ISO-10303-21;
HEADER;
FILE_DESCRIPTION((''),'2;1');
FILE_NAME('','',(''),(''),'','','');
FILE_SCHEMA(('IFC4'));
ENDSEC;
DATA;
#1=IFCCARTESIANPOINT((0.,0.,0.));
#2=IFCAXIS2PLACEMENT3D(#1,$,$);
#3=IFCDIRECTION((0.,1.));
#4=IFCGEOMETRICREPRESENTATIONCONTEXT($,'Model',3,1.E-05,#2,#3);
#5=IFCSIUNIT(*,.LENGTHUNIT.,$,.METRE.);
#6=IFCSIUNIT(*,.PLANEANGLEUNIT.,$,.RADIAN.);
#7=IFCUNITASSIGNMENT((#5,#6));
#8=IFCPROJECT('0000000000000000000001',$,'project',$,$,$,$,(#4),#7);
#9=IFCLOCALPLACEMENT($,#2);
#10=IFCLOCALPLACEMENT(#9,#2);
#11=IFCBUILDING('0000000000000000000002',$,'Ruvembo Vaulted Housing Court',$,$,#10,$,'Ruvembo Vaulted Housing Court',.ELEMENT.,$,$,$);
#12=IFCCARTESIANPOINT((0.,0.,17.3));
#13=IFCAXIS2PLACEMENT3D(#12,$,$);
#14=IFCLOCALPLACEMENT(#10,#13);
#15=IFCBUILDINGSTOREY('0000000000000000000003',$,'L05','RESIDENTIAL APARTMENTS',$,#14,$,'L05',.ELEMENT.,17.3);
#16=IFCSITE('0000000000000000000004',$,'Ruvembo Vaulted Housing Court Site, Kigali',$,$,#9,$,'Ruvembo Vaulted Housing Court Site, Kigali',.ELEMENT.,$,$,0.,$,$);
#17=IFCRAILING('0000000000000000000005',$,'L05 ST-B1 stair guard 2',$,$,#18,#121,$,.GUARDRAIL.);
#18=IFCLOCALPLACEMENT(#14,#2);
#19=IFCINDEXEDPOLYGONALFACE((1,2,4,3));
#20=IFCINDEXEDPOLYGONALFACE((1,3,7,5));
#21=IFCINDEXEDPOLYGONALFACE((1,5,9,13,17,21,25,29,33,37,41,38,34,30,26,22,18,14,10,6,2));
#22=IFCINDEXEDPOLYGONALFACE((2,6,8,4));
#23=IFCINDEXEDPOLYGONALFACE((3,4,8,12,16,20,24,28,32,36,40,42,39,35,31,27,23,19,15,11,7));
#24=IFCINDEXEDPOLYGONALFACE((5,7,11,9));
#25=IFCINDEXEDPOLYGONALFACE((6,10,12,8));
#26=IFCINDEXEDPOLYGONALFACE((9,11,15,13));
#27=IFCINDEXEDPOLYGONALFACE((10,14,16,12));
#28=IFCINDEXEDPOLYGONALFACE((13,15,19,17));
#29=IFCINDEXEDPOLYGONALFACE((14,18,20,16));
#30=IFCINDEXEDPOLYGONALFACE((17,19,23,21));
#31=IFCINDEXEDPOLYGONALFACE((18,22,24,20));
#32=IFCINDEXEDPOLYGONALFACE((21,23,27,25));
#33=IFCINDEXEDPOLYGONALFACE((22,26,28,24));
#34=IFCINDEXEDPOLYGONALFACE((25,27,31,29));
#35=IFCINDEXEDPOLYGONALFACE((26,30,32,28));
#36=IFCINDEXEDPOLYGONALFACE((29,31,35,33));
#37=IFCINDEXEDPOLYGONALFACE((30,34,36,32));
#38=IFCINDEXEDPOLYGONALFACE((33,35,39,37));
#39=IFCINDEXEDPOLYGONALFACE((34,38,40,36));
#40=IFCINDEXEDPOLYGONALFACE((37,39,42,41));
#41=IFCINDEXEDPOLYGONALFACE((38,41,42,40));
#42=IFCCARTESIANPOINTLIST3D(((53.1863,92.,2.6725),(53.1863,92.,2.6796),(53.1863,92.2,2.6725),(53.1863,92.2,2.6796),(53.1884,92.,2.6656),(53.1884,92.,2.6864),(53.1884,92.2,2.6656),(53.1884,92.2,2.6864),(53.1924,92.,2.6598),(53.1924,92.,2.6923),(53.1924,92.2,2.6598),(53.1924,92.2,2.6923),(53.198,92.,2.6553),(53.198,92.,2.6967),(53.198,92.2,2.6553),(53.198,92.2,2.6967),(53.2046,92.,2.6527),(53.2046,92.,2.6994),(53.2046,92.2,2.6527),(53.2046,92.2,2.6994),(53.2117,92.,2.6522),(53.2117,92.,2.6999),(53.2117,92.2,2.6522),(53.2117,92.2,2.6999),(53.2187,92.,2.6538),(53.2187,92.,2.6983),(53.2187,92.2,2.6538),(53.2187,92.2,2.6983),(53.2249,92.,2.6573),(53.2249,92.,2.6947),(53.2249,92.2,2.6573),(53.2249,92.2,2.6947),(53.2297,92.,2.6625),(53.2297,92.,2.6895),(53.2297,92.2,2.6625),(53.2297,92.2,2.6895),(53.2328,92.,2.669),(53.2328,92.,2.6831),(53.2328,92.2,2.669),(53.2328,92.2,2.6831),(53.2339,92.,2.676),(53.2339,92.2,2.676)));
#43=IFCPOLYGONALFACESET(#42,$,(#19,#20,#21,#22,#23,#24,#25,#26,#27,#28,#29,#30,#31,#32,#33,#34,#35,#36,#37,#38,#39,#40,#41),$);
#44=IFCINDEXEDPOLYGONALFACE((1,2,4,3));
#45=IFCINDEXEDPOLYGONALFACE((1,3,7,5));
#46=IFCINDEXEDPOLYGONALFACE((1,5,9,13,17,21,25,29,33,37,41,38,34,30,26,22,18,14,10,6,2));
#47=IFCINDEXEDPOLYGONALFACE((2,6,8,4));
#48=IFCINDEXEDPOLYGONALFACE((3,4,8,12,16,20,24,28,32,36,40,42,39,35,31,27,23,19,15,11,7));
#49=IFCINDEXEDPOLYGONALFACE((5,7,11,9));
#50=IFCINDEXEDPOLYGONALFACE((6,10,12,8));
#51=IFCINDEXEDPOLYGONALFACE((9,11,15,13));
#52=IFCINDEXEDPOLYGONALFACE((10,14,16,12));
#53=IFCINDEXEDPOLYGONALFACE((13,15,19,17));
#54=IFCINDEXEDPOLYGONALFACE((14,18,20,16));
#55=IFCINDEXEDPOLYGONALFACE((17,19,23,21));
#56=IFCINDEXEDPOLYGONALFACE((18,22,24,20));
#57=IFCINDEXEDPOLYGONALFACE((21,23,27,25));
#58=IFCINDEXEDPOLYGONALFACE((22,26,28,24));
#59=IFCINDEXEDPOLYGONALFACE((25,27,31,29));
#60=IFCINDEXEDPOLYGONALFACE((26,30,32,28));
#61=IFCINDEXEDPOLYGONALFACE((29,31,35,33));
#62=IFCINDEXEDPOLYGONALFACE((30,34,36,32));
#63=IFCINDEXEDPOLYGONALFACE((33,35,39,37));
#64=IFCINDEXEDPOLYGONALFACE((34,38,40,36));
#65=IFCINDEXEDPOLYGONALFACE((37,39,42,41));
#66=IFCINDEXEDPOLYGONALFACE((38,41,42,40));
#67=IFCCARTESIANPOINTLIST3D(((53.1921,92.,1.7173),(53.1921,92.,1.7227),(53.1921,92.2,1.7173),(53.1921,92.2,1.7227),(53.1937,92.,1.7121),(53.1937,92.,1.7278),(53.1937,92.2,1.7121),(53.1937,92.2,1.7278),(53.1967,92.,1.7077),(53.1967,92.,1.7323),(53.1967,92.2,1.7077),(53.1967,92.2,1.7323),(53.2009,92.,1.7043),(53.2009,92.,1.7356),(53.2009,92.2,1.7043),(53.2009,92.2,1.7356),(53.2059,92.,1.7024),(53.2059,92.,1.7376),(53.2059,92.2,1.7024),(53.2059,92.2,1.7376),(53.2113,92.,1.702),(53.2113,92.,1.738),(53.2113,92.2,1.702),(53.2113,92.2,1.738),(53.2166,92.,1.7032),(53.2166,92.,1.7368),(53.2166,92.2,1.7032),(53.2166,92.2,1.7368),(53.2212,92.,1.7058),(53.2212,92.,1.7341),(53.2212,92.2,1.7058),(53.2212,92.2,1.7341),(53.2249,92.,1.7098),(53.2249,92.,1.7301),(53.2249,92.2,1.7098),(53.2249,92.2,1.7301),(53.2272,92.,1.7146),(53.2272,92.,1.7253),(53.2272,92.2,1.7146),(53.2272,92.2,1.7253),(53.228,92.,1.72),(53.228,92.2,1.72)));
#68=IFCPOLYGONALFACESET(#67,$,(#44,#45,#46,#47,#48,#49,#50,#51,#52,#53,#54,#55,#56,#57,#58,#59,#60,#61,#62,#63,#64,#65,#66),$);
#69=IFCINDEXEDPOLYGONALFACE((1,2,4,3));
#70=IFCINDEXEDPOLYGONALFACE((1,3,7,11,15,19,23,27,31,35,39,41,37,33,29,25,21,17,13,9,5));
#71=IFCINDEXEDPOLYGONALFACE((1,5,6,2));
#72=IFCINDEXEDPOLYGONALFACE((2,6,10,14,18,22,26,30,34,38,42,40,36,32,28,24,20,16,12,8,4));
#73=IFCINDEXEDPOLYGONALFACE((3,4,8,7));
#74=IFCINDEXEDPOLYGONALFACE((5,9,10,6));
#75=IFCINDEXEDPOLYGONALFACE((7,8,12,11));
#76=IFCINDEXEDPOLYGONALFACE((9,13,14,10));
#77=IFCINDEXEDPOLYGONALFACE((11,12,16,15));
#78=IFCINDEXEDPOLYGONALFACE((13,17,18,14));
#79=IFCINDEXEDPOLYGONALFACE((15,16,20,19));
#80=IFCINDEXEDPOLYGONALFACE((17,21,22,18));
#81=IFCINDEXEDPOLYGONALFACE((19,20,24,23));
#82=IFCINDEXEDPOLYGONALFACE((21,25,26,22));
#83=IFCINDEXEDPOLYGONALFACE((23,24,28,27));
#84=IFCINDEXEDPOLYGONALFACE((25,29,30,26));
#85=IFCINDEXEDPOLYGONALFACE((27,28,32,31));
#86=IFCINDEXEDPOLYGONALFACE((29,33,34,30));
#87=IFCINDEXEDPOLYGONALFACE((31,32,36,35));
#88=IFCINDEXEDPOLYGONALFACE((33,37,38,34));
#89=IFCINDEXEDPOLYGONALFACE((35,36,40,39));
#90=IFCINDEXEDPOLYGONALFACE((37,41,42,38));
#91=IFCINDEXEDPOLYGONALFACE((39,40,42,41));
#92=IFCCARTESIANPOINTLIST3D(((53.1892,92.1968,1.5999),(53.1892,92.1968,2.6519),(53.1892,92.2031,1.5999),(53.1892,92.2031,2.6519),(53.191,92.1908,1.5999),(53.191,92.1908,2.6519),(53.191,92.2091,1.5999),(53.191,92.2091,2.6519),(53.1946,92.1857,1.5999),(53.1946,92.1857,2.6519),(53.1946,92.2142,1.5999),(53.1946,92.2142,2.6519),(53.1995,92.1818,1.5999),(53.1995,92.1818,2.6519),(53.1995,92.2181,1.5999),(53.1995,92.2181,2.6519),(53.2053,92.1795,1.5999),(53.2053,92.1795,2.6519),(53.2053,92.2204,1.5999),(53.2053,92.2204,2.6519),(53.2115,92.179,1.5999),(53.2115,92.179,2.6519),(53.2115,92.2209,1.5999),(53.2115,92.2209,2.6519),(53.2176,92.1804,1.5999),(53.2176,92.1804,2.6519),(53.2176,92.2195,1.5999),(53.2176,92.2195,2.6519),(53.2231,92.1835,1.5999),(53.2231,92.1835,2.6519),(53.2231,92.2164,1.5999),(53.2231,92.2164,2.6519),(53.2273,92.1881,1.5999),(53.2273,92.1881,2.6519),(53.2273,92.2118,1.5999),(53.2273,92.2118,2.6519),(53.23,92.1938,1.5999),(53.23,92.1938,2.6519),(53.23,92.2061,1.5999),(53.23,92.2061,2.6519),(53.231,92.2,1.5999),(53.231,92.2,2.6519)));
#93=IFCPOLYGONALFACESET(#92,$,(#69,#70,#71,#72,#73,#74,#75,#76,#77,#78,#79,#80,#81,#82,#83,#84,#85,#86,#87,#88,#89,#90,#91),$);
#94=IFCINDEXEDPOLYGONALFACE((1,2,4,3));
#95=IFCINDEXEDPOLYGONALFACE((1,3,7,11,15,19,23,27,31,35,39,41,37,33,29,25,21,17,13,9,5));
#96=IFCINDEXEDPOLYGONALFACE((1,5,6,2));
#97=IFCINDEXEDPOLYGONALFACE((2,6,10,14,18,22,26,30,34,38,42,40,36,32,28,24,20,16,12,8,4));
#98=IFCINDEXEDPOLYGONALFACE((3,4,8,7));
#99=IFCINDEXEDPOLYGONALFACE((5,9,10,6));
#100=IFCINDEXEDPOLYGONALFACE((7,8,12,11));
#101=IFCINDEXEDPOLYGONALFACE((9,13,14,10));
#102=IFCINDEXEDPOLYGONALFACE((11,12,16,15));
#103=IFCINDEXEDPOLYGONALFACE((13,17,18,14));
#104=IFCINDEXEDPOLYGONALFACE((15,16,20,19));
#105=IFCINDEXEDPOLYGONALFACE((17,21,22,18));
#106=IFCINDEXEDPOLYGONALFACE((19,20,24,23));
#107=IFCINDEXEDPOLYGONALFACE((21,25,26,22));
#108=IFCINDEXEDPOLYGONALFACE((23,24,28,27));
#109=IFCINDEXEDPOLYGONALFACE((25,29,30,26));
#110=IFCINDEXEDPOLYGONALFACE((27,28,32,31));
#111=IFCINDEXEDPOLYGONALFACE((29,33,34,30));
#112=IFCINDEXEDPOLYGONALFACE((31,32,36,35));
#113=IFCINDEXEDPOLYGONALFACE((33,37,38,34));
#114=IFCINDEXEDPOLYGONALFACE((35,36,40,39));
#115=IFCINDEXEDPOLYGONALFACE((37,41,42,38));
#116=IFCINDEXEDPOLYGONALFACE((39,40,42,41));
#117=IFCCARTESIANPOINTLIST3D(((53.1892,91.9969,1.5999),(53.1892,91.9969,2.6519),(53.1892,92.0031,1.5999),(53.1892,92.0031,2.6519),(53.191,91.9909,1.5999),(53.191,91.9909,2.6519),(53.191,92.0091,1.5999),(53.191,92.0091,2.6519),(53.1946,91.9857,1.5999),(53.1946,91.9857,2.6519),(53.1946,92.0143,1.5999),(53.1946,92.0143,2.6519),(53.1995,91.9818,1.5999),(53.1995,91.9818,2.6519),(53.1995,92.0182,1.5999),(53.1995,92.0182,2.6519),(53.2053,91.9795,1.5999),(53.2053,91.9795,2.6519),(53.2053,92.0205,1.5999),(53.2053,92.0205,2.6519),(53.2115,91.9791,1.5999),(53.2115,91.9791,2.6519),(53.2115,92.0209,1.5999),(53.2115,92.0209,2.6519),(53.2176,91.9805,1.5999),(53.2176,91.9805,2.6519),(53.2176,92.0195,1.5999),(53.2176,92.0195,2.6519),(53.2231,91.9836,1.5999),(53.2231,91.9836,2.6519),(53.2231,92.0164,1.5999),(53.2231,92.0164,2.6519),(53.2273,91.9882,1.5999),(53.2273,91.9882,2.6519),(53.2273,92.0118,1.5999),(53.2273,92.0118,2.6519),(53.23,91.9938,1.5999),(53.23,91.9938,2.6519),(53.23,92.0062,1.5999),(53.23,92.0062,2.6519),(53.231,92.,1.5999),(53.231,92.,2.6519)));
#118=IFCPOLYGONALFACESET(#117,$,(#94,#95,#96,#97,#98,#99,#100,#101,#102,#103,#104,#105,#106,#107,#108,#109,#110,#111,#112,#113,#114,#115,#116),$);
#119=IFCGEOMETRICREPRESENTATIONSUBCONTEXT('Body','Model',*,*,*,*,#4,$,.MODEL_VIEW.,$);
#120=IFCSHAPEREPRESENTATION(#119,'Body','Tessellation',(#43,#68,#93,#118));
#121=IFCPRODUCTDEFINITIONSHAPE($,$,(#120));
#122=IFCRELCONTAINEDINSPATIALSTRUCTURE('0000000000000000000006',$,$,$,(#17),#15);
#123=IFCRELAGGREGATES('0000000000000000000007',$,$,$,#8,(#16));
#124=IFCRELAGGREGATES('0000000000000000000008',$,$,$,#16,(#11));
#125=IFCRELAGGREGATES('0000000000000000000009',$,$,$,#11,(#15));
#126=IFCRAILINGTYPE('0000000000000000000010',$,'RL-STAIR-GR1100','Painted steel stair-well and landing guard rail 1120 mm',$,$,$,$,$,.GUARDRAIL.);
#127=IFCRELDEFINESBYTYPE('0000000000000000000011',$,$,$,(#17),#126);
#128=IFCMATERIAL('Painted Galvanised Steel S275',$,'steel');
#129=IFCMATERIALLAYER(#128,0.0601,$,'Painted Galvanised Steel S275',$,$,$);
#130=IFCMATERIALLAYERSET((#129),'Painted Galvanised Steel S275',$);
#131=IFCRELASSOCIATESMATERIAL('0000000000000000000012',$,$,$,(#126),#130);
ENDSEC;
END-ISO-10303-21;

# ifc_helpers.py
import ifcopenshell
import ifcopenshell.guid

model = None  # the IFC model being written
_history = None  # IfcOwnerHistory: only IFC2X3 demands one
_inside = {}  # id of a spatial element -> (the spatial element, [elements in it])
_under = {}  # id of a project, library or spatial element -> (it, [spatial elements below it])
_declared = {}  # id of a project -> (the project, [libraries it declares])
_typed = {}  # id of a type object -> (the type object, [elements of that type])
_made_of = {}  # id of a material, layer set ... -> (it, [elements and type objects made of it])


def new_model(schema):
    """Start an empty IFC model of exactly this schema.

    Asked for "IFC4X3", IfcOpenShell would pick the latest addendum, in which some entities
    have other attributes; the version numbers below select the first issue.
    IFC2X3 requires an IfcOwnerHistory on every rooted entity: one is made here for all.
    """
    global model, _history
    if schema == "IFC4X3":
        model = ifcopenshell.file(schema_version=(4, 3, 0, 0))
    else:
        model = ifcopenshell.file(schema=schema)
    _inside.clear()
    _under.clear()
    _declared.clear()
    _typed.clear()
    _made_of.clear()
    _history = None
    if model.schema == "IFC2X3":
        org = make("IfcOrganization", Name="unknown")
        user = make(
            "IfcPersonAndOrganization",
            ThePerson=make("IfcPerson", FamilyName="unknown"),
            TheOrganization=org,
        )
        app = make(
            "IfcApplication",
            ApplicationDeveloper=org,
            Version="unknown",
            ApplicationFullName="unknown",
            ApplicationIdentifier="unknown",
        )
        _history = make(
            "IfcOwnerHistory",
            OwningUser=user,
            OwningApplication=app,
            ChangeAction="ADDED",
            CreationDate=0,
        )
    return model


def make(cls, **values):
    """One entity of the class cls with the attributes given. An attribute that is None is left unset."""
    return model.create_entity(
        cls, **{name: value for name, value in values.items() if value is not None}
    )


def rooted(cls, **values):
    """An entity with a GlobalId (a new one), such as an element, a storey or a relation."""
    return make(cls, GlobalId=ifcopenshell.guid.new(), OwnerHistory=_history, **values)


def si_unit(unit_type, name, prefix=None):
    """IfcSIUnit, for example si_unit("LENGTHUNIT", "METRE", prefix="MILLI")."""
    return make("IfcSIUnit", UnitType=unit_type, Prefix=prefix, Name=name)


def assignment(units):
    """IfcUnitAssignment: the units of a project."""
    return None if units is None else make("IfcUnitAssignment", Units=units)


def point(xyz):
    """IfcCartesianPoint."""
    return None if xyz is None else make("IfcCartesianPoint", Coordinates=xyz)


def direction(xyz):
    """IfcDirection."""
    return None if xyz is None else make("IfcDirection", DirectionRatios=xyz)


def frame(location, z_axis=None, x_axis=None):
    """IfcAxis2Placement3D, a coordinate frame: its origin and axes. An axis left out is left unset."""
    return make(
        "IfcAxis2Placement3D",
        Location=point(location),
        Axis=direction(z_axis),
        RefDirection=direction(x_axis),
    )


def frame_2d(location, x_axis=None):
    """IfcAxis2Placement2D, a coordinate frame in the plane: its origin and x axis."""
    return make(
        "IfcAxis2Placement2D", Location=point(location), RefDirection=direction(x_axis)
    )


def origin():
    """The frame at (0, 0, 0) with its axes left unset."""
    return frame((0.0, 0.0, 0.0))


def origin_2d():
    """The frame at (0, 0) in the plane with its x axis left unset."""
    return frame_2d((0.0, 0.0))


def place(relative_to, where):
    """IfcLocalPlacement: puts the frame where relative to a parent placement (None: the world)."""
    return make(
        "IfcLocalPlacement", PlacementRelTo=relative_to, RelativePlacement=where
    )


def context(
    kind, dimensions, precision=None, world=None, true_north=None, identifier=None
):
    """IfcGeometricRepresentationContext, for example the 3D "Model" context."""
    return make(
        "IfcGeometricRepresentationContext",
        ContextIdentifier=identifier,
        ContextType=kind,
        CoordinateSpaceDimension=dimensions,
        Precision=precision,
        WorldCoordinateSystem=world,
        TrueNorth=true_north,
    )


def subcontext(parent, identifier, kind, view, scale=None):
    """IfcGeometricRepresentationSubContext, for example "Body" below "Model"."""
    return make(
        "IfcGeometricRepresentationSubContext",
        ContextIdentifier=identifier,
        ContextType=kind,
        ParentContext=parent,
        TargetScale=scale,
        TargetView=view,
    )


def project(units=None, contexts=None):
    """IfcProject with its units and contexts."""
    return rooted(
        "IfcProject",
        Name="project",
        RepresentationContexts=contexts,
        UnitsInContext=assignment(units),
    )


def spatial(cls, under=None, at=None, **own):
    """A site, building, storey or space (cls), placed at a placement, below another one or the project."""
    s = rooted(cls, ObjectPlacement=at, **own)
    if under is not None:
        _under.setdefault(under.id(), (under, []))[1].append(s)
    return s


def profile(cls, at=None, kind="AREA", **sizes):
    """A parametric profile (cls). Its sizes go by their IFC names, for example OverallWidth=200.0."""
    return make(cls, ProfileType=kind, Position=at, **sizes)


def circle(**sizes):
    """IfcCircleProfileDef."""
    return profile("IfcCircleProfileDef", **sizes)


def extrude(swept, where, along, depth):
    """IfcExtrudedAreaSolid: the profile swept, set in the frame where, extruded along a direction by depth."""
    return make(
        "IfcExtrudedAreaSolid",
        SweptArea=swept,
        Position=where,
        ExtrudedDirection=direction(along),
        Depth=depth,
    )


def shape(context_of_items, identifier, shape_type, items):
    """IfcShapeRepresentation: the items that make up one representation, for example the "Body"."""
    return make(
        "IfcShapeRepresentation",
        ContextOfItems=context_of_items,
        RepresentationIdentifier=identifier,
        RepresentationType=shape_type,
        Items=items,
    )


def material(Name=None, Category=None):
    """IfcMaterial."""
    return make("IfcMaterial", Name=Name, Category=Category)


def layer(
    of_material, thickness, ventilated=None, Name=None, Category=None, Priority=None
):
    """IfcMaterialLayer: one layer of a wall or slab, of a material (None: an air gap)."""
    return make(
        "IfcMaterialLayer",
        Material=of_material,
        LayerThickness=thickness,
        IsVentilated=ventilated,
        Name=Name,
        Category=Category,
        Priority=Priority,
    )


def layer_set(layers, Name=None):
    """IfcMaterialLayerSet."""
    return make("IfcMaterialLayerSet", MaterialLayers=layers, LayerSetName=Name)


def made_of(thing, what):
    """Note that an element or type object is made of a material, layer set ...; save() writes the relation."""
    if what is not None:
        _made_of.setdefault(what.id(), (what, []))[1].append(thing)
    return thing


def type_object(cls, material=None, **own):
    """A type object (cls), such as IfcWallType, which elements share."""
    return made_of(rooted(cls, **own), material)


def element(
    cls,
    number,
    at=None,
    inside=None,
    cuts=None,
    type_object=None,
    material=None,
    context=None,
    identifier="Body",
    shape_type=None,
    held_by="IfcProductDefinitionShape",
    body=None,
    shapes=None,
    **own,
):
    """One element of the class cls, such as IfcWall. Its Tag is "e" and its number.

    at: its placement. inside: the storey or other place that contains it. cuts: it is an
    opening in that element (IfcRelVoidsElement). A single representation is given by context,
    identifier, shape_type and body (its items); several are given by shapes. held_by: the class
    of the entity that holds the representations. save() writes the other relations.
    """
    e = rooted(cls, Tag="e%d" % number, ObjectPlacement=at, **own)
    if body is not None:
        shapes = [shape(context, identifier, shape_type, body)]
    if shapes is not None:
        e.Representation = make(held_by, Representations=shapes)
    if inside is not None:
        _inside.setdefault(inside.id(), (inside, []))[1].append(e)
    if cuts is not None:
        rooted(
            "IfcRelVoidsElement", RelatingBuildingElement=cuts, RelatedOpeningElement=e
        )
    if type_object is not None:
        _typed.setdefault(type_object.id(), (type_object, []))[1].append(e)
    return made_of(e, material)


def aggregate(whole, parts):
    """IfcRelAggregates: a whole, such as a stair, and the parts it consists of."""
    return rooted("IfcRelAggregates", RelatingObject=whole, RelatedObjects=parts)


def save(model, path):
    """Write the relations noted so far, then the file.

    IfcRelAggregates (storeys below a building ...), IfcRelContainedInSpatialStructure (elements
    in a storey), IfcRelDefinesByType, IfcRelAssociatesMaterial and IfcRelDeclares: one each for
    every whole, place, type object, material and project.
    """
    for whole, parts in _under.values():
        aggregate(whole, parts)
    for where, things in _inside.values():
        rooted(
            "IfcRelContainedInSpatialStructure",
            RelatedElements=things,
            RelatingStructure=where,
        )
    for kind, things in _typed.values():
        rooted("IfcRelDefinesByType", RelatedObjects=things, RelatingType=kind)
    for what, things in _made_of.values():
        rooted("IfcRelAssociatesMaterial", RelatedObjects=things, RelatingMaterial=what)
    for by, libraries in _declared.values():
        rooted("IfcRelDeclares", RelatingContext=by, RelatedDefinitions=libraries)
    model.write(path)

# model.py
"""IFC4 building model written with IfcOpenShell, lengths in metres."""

from ifc_helpers import new_model, si_unit, direction, frame, origin, origin_2d, place, context, subcontext, project, spatial, circle, extrude, material, layer, layer_set, type_object, element, save


model = new_model("IFC4")

# Units and contexts
model_context = context("Model", 3, precision=1e-05, world=origin(), true_north=direction((0.0, 1.0)))
body_context = subcontext(model_context, "Body", "Model", "MODEL_VIEW")
ifc_project = project(units=[si_unit("LENGTHUNIT", "METRE"), si_unit("PLANEANGLEUNIT", "RADIAN")], contexts=[model_context])

# Site, building, storey
site_placement = place(None, origin())
site = spatial("IfcSite", under=ifc_project, at=site_placement, Name="Ruvembo Vaulted Housing Court Site, Kigali", LongName="Ruvembo Vaulted Housing Court Site, Kigali", CompositionType="ELEMENT", RefElevation=0.0)
building_placement = place(site_placement, origin())
building = spatial("IfcBuilding", under=site, at=building_placement, Name="Ruvembo Vaulted Housing Court", LongName="Ruvembo Vaulted Housing Court", CompositionType="ELEMENT")
storey_placement = place(building_placement, frame((0.0, 0.0, 17.3)))
storey = spatial("IfcBuildingStorey", under=building, at=storey_placement, Name="L05", Description="RESIDENTIAL APARTMENTS", LongName="L05", CompositionType="ELEMENT", Elevation=17.3)

# Railing
ifc_material_1 = material(Name="Painted Galvanised Steel S275", Category="steel")
ifc_layer_1 = layer(ifc_material_1, 0.0601, Name="Painted Galvanised Steel S275")
ifc_layer_set_1 = layer_set([ifc_layer_1], Name="Painted Galvanised Steel S275")
railing_type_1 = type_object("IfcRailingType", Name="RL-STAIR-GR1100", Description="Painted steel stair-well and landing guard rail 1120 mm", PredefinedType="GUARDRAIL", material=ifc_layer_set_1)
railing_1_placement = place(storey_placement, frame((53.21, 92.2, 1.5999)))
element("IfcRailing", 1, at=railing_1_placement, inside=storey, type_object=railing_type_1, Name="L05 ST-B1 stair guard 2", PredefinedType="GUARDRAIL", context=body_context, shape_type="SweptSolid", body=[
    extrude(circle(Radius=0.0239, at=origin_2d()), frame((0.0, 0.0, 1.0762), z_axis=(0.0, -1.0, 0.0), x_axis=(1.0, 0.0, 0.0)), (0.0, 0.0, 1.0), 0.2),
    extrude(circle(Radius=0.0181, at=origin_2d()), frame((0.0, 0.0, 0.1201), z_axis=(0.0, -1.0, 0.0), x_axis=(1.0, 0.0, 0.0)), (0.0, 0.0, 1.0), 0.2),
    extrude(circle(Radius=0.021, at=origin_2d()), origin(), (0.0, 0.0, 1.0), 1.052),
    extrude(circle(Radius=0.021, at=origin_2d()), frame((0.0, -0.2, 0.0)), (0.0, 0.0, 1.0), 1.052),
])

save(model, "model.ifc")
